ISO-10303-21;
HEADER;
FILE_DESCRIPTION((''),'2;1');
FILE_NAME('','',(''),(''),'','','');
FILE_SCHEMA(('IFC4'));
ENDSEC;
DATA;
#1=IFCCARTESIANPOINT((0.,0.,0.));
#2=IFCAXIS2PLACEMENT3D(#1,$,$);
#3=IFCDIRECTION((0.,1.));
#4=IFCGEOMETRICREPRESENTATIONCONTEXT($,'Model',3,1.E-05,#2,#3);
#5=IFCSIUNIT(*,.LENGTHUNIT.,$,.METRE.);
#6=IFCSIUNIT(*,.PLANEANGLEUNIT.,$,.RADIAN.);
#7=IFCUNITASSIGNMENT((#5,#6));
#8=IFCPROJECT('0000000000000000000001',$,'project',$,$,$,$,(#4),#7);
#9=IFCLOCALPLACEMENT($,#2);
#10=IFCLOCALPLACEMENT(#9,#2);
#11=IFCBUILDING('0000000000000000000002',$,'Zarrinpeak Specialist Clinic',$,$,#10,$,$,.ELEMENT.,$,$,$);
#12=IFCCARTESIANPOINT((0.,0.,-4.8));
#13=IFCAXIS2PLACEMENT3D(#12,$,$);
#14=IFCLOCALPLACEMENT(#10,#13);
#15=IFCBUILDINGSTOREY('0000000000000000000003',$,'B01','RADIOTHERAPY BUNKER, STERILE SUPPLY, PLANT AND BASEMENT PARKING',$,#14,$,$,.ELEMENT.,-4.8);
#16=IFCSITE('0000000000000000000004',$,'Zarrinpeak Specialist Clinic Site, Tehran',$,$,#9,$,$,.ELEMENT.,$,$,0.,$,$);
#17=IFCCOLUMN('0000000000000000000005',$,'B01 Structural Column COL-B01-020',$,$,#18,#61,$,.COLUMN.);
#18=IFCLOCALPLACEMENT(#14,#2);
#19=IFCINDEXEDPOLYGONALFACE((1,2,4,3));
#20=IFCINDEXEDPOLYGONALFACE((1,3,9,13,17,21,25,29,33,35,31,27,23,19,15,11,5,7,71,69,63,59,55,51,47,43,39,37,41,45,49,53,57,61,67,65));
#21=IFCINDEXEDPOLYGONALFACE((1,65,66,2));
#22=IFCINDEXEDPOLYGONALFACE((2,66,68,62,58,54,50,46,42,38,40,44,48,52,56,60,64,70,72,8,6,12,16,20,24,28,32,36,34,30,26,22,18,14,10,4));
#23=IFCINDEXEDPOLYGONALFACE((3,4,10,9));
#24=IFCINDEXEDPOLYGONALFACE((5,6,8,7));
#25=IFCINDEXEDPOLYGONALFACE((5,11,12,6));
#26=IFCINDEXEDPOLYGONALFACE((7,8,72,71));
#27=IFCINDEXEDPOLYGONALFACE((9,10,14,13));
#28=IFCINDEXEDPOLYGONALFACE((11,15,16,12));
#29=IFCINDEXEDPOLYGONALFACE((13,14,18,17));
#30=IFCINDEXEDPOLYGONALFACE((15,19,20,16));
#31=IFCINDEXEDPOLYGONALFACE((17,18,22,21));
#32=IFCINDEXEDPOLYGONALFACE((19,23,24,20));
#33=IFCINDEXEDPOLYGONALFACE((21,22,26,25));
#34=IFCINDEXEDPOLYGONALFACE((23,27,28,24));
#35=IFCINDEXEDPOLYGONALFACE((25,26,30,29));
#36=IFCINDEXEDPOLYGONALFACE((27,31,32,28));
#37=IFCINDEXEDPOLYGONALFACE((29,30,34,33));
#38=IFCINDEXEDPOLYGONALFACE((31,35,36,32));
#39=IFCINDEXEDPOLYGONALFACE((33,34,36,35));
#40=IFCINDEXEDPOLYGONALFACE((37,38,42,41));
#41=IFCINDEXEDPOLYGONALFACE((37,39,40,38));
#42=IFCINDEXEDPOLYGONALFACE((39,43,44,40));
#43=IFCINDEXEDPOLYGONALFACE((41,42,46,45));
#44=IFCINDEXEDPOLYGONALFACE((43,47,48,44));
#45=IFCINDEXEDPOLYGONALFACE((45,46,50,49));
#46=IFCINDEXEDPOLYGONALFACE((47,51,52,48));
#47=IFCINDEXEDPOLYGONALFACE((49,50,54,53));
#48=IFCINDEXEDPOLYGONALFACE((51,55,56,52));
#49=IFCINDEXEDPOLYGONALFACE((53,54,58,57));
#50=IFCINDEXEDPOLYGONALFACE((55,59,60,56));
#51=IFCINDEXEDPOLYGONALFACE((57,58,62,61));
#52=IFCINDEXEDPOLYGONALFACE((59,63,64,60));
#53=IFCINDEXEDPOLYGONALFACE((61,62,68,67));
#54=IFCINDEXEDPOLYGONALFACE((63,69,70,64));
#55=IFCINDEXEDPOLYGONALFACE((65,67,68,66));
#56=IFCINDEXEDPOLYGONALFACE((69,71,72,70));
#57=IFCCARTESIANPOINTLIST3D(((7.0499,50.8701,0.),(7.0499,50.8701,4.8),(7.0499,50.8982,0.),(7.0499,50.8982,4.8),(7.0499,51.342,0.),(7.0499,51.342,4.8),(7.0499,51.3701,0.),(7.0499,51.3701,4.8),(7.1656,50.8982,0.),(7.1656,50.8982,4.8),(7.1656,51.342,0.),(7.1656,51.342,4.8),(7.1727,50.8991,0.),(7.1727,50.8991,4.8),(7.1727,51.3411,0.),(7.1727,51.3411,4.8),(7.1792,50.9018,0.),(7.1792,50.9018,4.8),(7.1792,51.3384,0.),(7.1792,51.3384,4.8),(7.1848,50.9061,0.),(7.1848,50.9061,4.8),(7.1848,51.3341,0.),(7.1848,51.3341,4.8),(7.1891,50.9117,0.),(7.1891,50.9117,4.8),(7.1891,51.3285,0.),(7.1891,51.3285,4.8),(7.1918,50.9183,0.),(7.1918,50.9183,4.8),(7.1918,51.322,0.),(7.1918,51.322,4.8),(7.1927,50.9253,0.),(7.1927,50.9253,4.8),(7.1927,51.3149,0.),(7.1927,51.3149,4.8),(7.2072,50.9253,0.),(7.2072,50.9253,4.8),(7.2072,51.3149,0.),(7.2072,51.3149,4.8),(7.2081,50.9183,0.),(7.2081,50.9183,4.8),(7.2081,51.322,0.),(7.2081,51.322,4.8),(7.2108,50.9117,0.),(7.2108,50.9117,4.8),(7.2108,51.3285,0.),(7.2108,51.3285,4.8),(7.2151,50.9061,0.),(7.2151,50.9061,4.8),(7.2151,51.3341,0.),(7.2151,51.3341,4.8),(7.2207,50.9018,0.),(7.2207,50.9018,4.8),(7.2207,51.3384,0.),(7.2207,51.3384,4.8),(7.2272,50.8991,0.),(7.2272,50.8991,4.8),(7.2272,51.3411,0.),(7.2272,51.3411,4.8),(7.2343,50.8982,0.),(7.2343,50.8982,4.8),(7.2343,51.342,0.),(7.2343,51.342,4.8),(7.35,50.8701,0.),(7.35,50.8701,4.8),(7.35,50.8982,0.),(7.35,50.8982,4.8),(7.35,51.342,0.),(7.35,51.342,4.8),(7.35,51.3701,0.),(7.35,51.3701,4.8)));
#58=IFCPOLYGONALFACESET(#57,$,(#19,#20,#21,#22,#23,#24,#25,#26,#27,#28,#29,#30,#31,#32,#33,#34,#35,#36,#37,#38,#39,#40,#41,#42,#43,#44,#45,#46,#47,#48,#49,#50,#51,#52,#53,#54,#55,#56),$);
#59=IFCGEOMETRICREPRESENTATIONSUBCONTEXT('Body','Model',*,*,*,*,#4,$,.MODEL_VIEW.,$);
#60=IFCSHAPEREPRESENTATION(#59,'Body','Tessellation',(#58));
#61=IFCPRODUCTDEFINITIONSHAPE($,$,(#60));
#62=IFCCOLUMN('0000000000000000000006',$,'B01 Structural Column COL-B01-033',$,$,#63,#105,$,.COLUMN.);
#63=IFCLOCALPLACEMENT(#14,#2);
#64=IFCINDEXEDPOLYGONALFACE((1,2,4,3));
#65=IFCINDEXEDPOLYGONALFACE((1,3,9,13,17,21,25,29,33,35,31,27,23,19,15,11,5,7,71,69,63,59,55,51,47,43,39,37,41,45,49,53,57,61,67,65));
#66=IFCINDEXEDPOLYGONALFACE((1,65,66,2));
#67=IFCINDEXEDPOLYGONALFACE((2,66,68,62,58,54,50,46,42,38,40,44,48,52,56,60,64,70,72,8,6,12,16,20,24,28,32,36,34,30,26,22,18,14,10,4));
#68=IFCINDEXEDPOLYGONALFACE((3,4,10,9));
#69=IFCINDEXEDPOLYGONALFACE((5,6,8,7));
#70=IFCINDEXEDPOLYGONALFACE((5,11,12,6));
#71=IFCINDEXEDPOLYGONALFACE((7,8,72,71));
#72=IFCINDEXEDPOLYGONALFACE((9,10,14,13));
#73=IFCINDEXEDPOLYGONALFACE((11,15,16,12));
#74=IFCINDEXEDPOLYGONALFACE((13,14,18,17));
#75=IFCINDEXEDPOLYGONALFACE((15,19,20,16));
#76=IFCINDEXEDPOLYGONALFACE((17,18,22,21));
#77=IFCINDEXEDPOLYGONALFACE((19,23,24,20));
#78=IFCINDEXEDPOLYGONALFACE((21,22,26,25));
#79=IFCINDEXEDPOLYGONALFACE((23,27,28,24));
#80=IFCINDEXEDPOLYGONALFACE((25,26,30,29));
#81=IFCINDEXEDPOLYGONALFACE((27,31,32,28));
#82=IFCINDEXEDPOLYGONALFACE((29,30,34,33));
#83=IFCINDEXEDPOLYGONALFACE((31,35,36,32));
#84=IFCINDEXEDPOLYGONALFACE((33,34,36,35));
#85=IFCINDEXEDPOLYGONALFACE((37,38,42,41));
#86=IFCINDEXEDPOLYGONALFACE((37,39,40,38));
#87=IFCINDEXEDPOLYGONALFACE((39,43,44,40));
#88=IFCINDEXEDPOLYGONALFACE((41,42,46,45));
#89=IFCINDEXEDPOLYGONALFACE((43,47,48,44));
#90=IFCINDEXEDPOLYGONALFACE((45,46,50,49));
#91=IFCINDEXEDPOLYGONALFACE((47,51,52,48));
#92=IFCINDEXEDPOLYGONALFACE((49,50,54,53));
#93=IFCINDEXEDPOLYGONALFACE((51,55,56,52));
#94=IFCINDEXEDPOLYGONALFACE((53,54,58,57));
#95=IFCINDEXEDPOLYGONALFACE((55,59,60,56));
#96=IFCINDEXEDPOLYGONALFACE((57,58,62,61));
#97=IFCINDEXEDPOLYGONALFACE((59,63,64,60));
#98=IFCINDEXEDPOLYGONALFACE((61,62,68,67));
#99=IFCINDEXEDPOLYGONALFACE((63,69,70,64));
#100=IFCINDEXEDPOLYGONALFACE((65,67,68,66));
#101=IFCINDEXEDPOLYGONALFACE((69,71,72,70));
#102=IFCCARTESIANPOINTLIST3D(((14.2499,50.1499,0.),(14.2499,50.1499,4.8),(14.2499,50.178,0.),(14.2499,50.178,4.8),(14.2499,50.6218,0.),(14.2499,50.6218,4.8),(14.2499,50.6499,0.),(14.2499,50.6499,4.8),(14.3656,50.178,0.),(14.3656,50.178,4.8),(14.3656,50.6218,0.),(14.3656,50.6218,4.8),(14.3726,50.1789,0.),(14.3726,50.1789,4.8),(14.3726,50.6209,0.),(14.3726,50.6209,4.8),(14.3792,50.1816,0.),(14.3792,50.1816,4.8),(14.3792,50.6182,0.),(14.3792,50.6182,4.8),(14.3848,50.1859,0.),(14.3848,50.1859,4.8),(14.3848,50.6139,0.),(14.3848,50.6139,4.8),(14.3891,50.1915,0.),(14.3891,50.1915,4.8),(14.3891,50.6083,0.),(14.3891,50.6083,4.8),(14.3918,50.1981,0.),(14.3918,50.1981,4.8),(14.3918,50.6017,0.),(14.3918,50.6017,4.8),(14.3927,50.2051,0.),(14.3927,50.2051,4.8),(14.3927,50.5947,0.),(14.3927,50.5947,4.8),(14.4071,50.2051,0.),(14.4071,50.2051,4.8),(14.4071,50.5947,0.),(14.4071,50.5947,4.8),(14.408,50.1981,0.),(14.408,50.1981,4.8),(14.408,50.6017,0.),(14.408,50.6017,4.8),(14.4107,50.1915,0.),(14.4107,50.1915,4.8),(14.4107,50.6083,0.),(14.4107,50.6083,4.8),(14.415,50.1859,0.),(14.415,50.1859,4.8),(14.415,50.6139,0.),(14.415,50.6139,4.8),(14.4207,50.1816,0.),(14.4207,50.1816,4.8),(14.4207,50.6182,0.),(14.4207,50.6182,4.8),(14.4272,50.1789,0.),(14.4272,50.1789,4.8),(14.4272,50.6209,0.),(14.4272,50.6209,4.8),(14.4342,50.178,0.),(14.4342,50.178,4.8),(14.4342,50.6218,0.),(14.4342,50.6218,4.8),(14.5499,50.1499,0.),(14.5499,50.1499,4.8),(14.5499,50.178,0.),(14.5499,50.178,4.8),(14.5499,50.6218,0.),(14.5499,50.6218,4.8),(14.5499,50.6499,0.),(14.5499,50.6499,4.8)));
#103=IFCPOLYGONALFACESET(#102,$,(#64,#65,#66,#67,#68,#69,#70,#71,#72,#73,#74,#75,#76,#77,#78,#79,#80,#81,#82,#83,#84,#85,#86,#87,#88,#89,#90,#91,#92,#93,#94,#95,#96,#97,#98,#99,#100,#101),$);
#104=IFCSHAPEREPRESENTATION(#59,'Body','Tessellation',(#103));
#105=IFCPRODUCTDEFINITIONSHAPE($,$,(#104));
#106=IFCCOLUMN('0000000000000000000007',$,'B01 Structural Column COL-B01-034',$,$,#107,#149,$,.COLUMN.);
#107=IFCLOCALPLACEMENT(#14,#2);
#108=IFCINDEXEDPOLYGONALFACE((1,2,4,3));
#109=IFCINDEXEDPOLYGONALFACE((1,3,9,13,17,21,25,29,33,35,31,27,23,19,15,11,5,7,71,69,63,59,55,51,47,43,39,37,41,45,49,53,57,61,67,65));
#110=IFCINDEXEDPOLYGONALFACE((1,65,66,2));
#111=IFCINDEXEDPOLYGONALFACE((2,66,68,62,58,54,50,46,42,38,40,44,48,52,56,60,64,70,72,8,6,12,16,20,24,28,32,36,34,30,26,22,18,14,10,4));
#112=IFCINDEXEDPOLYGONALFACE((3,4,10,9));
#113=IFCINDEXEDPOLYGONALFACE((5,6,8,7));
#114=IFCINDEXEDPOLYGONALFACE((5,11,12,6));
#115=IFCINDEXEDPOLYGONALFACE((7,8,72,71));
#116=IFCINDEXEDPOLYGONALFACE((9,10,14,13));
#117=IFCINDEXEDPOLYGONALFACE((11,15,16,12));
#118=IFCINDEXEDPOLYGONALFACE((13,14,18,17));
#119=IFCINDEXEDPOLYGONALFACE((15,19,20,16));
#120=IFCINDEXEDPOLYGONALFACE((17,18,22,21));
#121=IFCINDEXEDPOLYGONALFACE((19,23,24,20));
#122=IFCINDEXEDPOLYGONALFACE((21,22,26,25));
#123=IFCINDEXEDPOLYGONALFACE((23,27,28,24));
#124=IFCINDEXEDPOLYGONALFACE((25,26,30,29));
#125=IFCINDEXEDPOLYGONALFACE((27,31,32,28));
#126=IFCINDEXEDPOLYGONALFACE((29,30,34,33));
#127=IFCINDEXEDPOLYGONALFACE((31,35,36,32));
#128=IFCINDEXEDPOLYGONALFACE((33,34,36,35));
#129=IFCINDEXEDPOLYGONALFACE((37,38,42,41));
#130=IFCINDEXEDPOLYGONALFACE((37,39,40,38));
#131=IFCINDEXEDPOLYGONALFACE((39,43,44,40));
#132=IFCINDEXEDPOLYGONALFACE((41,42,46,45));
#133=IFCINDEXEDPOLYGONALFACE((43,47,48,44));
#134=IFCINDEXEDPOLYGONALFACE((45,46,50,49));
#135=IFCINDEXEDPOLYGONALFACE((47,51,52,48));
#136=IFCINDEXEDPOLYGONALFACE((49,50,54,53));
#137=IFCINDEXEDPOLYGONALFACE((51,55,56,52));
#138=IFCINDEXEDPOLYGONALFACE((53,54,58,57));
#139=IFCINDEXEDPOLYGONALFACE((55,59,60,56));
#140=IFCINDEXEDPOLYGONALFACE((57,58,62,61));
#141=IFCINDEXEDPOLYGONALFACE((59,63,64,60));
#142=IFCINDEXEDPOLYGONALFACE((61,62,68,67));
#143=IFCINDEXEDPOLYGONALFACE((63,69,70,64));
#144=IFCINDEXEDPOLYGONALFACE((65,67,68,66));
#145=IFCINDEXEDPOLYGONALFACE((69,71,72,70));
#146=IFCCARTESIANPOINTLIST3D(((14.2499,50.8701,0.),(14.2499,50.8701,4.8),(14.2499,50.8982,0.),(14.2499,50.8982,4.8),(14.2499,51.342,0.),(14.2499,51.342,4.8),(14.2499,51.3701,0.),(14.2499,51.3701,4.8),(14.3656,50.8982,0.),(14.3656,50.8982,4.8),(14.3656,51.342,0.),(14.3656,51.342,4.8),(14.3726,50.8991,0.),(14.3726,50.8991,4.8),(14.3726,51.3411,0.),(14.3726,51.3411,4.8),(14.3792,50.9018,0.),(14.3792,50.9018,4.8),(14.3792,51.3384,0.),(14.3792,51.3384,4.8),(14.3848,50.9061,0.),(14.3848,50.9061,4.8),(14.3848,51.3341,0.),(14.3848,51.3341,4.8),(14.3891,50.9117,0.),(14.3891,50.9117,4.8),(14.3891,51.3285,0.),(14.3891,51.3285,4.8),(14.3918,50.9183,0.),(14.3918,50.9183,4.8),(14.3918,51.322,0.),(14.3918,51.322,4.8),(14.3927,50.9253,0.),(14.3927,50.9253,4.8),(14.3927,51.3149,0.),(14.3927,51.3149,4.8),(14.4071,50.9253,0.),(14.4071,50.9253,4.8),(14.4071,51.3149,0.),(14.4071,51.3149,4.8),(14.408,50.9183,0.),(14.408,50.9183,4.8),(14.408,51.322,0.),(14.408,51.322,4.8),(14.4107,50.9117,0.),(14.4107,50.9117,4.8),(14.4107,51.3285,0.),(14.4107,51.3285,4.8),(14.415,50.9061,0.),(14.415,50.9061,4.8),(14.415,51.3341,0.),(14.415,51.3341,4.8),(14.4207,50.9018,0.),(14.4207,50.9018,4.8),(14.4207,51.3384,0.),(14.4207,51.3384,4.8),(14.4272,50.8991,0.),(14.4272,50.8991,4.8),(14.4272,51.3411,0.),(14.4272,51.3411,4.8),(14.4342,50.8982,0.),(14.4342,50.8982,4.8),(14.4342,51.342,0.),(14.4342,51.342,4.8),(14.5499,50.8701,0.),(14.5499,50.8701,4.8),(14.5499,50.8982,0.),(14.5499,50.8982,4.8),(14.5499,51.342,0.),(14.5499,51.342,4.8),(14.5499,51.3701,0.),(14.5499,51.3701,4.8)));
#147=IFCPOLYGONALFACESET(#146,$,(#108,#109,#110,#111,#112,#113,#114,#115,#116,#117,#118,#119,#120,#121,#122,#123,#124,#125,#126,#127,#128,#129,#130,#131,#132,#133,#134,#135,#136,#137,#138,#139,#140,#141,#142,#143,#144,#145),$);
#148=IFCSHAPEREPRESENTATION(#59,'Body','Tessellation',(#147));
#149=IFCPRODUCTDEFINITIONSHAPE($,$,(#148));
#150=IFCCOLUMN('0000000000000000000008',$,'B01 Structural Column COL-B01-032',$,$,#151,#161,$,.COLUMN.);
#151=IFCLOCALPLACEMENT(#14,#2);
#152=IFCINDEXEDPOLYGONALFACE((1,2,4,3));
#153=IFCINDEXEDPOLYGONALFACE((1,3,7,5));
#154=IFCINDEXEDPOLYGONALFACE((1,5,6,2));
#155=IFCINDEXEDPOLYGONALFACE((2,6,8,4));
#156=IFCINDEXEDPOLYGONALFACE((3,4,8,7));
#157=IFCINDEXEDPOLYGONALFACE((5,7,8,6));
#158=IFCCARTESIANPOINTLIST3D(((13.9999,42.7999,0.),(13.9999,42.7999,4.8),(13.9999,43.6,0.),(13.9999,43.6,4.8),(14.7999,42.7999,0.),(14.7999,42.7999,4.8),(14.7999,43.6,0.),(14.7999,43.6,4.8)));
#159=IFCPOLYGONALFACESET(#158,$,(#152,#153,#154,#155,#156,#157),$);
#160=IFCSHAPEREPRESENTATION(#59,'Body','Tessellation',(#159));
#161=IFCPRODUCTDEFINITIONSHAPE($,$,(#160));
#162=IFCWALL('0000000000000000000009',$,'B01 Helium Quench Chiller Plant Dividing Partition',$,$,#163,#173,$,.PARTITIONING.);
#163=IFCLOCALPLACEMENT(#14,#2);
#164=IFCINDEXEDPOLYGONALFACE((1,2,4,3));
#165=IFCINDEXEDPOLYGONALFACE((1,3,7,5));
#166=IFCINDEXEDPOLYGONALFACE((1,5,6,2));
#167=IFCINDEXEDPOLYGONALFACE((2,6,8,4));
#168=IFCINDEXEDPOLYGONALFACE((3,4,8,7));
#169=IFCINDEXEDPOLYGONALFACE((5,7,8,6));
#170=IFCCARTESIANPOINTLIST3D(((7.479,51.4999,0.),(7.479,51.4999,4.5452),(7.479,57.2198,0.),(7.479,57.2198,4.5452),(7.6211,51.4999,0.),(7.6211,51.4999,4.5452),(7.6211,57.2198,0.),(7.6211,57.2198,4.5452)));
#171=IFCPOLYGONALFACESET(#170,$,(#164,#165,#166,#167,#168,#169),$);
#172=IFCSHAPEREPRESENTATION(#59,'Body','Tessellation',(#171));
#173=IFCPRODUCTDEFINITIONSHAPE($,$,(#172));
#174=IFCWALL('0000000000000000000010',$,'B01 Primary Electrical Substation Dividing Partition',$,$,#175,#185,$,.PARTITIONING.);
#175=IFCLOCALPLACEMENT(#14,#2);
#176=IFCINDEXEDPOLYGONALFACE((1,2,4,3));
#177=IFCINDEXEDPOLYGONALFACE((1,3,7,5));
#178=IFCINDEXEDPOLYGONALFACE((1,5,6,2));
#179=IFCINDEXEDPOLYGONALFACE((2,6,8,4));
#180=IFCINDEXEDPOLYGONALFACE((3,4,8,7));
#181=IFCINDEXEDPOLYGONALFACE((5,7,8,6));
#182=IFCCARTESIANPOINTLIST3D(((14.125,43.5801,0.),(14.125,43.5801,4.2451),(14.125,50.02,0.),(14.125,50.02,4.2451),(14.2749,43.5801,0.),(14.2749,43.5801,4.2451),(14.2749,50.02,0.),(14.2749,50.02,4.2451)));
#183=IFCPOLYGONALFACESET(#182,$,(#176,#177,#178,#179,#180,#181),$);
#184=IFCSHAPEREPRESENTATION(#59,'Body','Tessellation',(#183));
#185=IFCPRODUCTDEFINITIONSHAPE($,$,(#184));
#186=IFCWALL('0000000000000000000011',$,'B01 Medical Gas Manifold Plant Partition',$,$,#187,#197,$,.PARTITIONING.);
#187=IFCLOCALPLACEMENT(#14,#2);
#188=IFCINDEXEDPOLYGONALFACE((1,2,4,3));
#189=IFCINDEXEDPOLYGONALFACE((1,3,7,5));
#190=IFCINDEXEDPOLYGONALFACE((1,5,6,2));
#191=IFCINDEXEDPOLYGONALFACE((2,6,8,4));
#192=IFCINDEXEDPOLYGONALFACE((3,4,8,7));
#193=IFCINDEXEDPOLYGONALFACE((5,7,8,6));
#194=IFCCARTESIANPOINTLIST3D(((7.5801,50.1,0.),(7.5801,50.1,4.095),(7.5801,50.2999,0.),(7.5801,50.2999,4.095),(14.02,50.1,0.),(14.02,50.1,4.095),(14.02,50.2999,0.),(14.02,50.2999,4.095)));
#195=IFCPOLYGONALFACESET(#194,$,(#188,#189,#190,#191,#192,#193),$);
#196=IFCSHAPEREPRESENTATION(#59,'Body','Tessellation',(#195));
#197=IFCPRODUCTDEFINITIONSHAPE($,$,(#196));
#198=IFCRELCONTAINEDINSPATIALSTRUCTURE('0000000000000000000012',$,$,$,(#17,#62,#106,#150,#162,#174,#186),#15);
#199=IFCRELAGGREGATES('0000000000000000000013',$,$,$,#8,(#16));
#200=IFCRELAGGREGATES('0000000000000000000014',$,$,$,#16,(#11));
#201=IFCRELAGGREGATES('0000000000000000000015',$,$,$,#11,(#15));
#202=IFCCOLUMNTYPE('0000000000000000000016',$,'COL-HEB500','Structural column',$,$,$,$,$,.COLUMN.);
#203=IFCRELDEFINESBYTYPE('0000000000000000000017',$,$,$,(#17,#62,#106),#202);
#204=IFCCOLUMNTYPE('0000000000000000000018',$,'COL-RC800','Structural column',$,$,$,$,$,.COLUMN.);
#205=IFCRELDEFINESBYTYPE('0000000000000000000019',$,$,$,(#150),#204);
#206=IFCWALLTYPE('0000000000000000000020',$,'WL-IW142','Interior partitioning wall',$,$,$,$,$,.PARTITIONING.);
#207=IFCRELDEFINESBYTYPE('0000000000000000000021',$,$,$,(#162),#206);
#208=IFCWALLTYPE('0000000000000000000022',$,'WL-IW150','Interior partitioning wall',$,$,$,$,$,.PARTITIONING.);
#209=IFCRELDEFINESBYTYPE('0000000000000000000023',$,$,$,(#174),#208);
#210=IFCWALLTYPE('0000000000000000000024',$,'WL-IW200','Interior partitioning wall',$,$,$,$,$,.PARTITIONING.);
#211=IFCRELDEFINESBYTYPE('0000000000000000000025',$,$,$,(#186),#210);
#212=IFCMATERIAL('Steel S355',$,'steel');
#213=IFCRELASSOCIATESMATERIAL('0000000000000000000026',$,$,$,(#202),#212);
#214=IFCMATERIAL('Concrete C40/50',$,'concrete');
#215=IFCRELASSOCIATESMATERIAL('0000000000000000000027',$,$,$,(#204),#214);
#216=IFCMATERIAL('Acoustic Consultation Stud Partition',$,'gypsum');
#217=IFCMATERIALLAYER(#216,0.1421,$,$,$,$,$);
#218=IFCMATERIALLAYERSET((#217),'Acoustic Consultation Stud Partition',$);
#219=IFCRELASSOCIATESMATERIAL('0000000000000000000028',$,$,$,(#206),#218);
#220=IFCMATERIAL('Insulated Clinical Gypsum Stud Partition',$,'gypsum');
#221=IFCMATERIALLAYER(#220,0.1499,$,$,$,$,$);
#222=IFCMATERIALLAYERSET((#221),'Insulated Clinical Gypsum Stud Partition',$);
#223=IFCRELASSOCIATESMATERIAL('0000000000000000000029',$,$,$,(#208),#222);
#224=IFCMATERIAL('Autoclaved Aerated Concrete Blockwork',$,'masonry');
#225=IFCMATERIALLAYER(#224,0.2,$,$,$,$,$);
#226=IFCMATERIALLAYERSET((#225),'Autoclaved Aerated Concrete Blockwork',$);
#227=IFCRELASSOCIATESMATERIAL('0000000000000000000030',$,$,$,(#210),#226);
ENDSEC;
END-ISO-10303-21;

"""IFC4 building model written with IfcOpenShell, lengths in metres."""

from ifc_helpers import new_model, si_unit, direction, frame, frame_2d, origin, origin_2d, place, context, subcontext, project, spatial, rectangle, i_section, extrude, material, layer, layer_set, material_profile, profile_set, type_object, element, save


model = new_model("IFC4")

# Units and contexts
model_context = context("Model", 3, precision=1e-05, world=origin(), true_north=direction((0.0, 1.0)))
body_context = subcontext(model_context, "Body", "Model", "MODEL_VIEW")
ifc_project = project(units=[si_unit("LENGTHUNIT", "METRE"), si_unit("PLANEANGLEUNIT", "RADIAN")], contexts=[model_context])

# Site, building, storey
site_placement = place(None, origin())
site = spatial("IfcSite", under=ifc_project, at=site_placement, Name="Zarrinpeak Specialist Clinic Site, Tehran", CompositionType="ELEMENT", RefElevation=0.0)
building_placement = place(site_placement, origin())
building = spatial("IfcBuilding", under=site, at=building_placement, Name="Zarrinpeak Specialist Clinic", CompositionType="ELEMENT")
storey_placement = place(building_placement, frame((0.0, 0.0, -4.8)))
storey = spatial("IfcBuildingStorey", under=building, at=storey_placement, Name="B01", Description="RADIOTHERAPY BUNKER, STERILE SUPPLY, PLANT AND BASEMENT PARKING", CompositionType="ELEMENT", Elevation=-4.8)

# Shared definitions
ifc_material_1 = material(Name="Concrete C40/50", Category="concrete")

# Columns
ifc_material_2 = material(Name="Steel S355", Category="steel")
ifc_material_profile_1 = material_profile(ifc_material_2, i_section(OverallWidth=0.3, OverallDepth=0.5, WebThickness=0.0144, FlangeThickness=0.0281, FilletRadius=0.0271, at=origin_2d()), Name="HEB 500")
ifc_profile_set_1 = profile_set([ifc_material_profile_1], Name="Steel S355")
column_type_1 = type_object("IfcColumnType", Name="COL-HEB500", Description="Structural column", PredefinedType="COLUMN", material=ifc_profile_set_1)
for number, where, z_axis, x_axis, name in (
    (1, (7.2, 51.1201, 0.0), (0.0, 0.0, 1.0), (1.0, 0.0, 0.0), "B01 Structural Column COL-B01-020"),
    (2, (14.3999, 50.3999, 0.0), (0.0, 0.0, 1.0), (1.0, 0.0, 0.0), "B01 Structural Column COL-B01-033"),
    (3, (14.3999, 51.1201, 0.0), (0.0, 0.0, 1.0), (1.0, 0.0, 0.0), "B01 Structural Column COL-B01-034"),
):
    element("IfcColumn", number, at=place(storey_placement, frame(where, z_axis=z_axis, x_axis=x_axis)), inside=storey, type_object=column_type_1, Name=name, PredefinedType="COLUMN", context=body_context, shape_type="SweptSolid", body=[
        extrude(i_section(OverallWidth=0.3, OverallDepth=0.5, WebThickness=0.0144, FlangeThickness=0.0281, FilletRadius=0.0271, at=origin_2d()), origin(), (0.0, 0.0, 1.0), 4.8),
    ])
ifc_material_profile_2 = material_profile(ifc_material_1, rectangle(XDim=0.8, YDim=0.8, at=origin_2d()), Name="RC 800x800")
ifc_profile_set_2 = profile_set([ifc_material_profile_2], Name="Concrete C40/50")
column_type_2 = type_object("IfcColumnType", Name="COL-RC800", Description="Structural column", PredefinedType="COLUMN", material=ifc_profile_set_2)
column_placement = place(storey_placement, frame((14.3999, 43.2, 0.0), z_axis=(0.0, 0.0, 1.0), x_axis=(1.0, 0.0, 0.0)))
element("IfcColumn", 4, at=column_placement, inside=storey, type_object=column_type_2, Name="B01 Structural Column COL-B01-032", PredefinedType="COLUMN", context=body_context, shape_type="SweptSolid", body=[
    extrude(rectangle(XDim=0.8, YDim=0.8, at=origin_2d()), origin(), (0.0, 0.0, 1.0), 4.8),
])

# Walls
ifc_material_3 = material(Name="Acoustic Consultation Stud Partition", Category="gypsum")
ifc_layer_1 = layer(ifc_material_3, 0.1421)
ifc_layer_set_1 = layer_set([ifc_layer_1], Name="Acoustic Consultation Stud Partition")
wall_type_1 = type_object("IfcWallType", Name="WL-IW142", Description="Interior partitioning wall", PredefinedType="PARTITIONING", material=ifc_layer_set_1)
wall_1_placement = place(storey_placement, frame((7.55, 51.5, 0.0), z_axis=(0.0, 0.0, 1.0), x_axis=(0.0, 1.0, 0.0)))
element("IfcWall", 5, at=wall_1_placement, inside=storey, type_object=wall_type_1, Name="B01 Helium Quench Chiller Plant Dividing Partition", PredefinedType="PARTITIONING", context=body_context, shape_type="SweptSolid", body=[
    extrude(rectangle(XDim=5.72, YDim=0.1421, at=frame_2d((2.8599, 0.0))), origin(), (0.0, 0.0, 1.0), 4.5452),
])
ifc_material_4 = material(Name="Insulated Clinical Gypsum Stud Partition", Category="gypsum")
ifc_layer_2 = layer(ifc_material_4, 0.1499)
ifc_layer_set_2 = layer_set([ifc_layer_2], Name="Insulated Clinical Gypsum Stud Partition")
wall_type_2 = type_object("IfcWallType", Name="WL-IW150", Description="Interior partitioning wall", PredefinedType="PARTITIONING", material=ifc_layer_set_2)
wall_2_placement = place(storey_placement, frame((14.2, 43.5801, 0.0), z_axis=(0.0, 0.0, 1.0), x_axis=(0.0, 1.0, 0.0)))
element("IfcWall", 6, at=wall_2_placement, inside=storey, type_object=wall_type_2, Name="B01 Primary Electrical Substation Dividing Partition", PredefinedType="PARTITIONING", context=body_context, shape_type="SweptSolid", body=[
    extrude(rectangle(XDim=6.4399, YDim=0.1499, at=frame_2d((3.22, 0.0))), origin(), (0.0, 0.0, 1.0), 4.2451),
])
ifc_material_5 = material(Name="Autoclaved Aerated Concrete Blockwork", Category="masonry")
ifc_layer_3 = layer(ifc_material_5, 0.2)
ifc_layer_set_3 = layer_set([ifc_layer_3], Name="Autoclaved Aerated Concrete Blockwork")
wall_type_3 = type_object("IfcWallType", Name="WL-IW200", Description="Interior partitioning wall", PredefinedType="PARTITIONING", material=ifc_layer_set_3)
for number, where, z_axis, x_axis, name in (
    (7, (7.5801, 50.2, 0.0), (0.0, 0.0, 1.0), (1.0, 0.0, 0.0), "B01 Medical Gas Manifold Plant Partition"),
):
    element("IfcWall", number, at=place(storey_placement, frame(where, z_axis=z_axis, x_axis=x_axis)), inside=storey, type_object=wall_type_3, Name=name, PredefinedType="PARTITIONING", context=body_context, shape_type="SweptSolid", body=[
        extrude(rectangle(XDim=6.4399, YDim=0.2, at=frame_2d((3.22, 0.0))), origin(), (0.0, 0.0, 1.0), 4.095),
    ])

save(model, "model.ifc")
